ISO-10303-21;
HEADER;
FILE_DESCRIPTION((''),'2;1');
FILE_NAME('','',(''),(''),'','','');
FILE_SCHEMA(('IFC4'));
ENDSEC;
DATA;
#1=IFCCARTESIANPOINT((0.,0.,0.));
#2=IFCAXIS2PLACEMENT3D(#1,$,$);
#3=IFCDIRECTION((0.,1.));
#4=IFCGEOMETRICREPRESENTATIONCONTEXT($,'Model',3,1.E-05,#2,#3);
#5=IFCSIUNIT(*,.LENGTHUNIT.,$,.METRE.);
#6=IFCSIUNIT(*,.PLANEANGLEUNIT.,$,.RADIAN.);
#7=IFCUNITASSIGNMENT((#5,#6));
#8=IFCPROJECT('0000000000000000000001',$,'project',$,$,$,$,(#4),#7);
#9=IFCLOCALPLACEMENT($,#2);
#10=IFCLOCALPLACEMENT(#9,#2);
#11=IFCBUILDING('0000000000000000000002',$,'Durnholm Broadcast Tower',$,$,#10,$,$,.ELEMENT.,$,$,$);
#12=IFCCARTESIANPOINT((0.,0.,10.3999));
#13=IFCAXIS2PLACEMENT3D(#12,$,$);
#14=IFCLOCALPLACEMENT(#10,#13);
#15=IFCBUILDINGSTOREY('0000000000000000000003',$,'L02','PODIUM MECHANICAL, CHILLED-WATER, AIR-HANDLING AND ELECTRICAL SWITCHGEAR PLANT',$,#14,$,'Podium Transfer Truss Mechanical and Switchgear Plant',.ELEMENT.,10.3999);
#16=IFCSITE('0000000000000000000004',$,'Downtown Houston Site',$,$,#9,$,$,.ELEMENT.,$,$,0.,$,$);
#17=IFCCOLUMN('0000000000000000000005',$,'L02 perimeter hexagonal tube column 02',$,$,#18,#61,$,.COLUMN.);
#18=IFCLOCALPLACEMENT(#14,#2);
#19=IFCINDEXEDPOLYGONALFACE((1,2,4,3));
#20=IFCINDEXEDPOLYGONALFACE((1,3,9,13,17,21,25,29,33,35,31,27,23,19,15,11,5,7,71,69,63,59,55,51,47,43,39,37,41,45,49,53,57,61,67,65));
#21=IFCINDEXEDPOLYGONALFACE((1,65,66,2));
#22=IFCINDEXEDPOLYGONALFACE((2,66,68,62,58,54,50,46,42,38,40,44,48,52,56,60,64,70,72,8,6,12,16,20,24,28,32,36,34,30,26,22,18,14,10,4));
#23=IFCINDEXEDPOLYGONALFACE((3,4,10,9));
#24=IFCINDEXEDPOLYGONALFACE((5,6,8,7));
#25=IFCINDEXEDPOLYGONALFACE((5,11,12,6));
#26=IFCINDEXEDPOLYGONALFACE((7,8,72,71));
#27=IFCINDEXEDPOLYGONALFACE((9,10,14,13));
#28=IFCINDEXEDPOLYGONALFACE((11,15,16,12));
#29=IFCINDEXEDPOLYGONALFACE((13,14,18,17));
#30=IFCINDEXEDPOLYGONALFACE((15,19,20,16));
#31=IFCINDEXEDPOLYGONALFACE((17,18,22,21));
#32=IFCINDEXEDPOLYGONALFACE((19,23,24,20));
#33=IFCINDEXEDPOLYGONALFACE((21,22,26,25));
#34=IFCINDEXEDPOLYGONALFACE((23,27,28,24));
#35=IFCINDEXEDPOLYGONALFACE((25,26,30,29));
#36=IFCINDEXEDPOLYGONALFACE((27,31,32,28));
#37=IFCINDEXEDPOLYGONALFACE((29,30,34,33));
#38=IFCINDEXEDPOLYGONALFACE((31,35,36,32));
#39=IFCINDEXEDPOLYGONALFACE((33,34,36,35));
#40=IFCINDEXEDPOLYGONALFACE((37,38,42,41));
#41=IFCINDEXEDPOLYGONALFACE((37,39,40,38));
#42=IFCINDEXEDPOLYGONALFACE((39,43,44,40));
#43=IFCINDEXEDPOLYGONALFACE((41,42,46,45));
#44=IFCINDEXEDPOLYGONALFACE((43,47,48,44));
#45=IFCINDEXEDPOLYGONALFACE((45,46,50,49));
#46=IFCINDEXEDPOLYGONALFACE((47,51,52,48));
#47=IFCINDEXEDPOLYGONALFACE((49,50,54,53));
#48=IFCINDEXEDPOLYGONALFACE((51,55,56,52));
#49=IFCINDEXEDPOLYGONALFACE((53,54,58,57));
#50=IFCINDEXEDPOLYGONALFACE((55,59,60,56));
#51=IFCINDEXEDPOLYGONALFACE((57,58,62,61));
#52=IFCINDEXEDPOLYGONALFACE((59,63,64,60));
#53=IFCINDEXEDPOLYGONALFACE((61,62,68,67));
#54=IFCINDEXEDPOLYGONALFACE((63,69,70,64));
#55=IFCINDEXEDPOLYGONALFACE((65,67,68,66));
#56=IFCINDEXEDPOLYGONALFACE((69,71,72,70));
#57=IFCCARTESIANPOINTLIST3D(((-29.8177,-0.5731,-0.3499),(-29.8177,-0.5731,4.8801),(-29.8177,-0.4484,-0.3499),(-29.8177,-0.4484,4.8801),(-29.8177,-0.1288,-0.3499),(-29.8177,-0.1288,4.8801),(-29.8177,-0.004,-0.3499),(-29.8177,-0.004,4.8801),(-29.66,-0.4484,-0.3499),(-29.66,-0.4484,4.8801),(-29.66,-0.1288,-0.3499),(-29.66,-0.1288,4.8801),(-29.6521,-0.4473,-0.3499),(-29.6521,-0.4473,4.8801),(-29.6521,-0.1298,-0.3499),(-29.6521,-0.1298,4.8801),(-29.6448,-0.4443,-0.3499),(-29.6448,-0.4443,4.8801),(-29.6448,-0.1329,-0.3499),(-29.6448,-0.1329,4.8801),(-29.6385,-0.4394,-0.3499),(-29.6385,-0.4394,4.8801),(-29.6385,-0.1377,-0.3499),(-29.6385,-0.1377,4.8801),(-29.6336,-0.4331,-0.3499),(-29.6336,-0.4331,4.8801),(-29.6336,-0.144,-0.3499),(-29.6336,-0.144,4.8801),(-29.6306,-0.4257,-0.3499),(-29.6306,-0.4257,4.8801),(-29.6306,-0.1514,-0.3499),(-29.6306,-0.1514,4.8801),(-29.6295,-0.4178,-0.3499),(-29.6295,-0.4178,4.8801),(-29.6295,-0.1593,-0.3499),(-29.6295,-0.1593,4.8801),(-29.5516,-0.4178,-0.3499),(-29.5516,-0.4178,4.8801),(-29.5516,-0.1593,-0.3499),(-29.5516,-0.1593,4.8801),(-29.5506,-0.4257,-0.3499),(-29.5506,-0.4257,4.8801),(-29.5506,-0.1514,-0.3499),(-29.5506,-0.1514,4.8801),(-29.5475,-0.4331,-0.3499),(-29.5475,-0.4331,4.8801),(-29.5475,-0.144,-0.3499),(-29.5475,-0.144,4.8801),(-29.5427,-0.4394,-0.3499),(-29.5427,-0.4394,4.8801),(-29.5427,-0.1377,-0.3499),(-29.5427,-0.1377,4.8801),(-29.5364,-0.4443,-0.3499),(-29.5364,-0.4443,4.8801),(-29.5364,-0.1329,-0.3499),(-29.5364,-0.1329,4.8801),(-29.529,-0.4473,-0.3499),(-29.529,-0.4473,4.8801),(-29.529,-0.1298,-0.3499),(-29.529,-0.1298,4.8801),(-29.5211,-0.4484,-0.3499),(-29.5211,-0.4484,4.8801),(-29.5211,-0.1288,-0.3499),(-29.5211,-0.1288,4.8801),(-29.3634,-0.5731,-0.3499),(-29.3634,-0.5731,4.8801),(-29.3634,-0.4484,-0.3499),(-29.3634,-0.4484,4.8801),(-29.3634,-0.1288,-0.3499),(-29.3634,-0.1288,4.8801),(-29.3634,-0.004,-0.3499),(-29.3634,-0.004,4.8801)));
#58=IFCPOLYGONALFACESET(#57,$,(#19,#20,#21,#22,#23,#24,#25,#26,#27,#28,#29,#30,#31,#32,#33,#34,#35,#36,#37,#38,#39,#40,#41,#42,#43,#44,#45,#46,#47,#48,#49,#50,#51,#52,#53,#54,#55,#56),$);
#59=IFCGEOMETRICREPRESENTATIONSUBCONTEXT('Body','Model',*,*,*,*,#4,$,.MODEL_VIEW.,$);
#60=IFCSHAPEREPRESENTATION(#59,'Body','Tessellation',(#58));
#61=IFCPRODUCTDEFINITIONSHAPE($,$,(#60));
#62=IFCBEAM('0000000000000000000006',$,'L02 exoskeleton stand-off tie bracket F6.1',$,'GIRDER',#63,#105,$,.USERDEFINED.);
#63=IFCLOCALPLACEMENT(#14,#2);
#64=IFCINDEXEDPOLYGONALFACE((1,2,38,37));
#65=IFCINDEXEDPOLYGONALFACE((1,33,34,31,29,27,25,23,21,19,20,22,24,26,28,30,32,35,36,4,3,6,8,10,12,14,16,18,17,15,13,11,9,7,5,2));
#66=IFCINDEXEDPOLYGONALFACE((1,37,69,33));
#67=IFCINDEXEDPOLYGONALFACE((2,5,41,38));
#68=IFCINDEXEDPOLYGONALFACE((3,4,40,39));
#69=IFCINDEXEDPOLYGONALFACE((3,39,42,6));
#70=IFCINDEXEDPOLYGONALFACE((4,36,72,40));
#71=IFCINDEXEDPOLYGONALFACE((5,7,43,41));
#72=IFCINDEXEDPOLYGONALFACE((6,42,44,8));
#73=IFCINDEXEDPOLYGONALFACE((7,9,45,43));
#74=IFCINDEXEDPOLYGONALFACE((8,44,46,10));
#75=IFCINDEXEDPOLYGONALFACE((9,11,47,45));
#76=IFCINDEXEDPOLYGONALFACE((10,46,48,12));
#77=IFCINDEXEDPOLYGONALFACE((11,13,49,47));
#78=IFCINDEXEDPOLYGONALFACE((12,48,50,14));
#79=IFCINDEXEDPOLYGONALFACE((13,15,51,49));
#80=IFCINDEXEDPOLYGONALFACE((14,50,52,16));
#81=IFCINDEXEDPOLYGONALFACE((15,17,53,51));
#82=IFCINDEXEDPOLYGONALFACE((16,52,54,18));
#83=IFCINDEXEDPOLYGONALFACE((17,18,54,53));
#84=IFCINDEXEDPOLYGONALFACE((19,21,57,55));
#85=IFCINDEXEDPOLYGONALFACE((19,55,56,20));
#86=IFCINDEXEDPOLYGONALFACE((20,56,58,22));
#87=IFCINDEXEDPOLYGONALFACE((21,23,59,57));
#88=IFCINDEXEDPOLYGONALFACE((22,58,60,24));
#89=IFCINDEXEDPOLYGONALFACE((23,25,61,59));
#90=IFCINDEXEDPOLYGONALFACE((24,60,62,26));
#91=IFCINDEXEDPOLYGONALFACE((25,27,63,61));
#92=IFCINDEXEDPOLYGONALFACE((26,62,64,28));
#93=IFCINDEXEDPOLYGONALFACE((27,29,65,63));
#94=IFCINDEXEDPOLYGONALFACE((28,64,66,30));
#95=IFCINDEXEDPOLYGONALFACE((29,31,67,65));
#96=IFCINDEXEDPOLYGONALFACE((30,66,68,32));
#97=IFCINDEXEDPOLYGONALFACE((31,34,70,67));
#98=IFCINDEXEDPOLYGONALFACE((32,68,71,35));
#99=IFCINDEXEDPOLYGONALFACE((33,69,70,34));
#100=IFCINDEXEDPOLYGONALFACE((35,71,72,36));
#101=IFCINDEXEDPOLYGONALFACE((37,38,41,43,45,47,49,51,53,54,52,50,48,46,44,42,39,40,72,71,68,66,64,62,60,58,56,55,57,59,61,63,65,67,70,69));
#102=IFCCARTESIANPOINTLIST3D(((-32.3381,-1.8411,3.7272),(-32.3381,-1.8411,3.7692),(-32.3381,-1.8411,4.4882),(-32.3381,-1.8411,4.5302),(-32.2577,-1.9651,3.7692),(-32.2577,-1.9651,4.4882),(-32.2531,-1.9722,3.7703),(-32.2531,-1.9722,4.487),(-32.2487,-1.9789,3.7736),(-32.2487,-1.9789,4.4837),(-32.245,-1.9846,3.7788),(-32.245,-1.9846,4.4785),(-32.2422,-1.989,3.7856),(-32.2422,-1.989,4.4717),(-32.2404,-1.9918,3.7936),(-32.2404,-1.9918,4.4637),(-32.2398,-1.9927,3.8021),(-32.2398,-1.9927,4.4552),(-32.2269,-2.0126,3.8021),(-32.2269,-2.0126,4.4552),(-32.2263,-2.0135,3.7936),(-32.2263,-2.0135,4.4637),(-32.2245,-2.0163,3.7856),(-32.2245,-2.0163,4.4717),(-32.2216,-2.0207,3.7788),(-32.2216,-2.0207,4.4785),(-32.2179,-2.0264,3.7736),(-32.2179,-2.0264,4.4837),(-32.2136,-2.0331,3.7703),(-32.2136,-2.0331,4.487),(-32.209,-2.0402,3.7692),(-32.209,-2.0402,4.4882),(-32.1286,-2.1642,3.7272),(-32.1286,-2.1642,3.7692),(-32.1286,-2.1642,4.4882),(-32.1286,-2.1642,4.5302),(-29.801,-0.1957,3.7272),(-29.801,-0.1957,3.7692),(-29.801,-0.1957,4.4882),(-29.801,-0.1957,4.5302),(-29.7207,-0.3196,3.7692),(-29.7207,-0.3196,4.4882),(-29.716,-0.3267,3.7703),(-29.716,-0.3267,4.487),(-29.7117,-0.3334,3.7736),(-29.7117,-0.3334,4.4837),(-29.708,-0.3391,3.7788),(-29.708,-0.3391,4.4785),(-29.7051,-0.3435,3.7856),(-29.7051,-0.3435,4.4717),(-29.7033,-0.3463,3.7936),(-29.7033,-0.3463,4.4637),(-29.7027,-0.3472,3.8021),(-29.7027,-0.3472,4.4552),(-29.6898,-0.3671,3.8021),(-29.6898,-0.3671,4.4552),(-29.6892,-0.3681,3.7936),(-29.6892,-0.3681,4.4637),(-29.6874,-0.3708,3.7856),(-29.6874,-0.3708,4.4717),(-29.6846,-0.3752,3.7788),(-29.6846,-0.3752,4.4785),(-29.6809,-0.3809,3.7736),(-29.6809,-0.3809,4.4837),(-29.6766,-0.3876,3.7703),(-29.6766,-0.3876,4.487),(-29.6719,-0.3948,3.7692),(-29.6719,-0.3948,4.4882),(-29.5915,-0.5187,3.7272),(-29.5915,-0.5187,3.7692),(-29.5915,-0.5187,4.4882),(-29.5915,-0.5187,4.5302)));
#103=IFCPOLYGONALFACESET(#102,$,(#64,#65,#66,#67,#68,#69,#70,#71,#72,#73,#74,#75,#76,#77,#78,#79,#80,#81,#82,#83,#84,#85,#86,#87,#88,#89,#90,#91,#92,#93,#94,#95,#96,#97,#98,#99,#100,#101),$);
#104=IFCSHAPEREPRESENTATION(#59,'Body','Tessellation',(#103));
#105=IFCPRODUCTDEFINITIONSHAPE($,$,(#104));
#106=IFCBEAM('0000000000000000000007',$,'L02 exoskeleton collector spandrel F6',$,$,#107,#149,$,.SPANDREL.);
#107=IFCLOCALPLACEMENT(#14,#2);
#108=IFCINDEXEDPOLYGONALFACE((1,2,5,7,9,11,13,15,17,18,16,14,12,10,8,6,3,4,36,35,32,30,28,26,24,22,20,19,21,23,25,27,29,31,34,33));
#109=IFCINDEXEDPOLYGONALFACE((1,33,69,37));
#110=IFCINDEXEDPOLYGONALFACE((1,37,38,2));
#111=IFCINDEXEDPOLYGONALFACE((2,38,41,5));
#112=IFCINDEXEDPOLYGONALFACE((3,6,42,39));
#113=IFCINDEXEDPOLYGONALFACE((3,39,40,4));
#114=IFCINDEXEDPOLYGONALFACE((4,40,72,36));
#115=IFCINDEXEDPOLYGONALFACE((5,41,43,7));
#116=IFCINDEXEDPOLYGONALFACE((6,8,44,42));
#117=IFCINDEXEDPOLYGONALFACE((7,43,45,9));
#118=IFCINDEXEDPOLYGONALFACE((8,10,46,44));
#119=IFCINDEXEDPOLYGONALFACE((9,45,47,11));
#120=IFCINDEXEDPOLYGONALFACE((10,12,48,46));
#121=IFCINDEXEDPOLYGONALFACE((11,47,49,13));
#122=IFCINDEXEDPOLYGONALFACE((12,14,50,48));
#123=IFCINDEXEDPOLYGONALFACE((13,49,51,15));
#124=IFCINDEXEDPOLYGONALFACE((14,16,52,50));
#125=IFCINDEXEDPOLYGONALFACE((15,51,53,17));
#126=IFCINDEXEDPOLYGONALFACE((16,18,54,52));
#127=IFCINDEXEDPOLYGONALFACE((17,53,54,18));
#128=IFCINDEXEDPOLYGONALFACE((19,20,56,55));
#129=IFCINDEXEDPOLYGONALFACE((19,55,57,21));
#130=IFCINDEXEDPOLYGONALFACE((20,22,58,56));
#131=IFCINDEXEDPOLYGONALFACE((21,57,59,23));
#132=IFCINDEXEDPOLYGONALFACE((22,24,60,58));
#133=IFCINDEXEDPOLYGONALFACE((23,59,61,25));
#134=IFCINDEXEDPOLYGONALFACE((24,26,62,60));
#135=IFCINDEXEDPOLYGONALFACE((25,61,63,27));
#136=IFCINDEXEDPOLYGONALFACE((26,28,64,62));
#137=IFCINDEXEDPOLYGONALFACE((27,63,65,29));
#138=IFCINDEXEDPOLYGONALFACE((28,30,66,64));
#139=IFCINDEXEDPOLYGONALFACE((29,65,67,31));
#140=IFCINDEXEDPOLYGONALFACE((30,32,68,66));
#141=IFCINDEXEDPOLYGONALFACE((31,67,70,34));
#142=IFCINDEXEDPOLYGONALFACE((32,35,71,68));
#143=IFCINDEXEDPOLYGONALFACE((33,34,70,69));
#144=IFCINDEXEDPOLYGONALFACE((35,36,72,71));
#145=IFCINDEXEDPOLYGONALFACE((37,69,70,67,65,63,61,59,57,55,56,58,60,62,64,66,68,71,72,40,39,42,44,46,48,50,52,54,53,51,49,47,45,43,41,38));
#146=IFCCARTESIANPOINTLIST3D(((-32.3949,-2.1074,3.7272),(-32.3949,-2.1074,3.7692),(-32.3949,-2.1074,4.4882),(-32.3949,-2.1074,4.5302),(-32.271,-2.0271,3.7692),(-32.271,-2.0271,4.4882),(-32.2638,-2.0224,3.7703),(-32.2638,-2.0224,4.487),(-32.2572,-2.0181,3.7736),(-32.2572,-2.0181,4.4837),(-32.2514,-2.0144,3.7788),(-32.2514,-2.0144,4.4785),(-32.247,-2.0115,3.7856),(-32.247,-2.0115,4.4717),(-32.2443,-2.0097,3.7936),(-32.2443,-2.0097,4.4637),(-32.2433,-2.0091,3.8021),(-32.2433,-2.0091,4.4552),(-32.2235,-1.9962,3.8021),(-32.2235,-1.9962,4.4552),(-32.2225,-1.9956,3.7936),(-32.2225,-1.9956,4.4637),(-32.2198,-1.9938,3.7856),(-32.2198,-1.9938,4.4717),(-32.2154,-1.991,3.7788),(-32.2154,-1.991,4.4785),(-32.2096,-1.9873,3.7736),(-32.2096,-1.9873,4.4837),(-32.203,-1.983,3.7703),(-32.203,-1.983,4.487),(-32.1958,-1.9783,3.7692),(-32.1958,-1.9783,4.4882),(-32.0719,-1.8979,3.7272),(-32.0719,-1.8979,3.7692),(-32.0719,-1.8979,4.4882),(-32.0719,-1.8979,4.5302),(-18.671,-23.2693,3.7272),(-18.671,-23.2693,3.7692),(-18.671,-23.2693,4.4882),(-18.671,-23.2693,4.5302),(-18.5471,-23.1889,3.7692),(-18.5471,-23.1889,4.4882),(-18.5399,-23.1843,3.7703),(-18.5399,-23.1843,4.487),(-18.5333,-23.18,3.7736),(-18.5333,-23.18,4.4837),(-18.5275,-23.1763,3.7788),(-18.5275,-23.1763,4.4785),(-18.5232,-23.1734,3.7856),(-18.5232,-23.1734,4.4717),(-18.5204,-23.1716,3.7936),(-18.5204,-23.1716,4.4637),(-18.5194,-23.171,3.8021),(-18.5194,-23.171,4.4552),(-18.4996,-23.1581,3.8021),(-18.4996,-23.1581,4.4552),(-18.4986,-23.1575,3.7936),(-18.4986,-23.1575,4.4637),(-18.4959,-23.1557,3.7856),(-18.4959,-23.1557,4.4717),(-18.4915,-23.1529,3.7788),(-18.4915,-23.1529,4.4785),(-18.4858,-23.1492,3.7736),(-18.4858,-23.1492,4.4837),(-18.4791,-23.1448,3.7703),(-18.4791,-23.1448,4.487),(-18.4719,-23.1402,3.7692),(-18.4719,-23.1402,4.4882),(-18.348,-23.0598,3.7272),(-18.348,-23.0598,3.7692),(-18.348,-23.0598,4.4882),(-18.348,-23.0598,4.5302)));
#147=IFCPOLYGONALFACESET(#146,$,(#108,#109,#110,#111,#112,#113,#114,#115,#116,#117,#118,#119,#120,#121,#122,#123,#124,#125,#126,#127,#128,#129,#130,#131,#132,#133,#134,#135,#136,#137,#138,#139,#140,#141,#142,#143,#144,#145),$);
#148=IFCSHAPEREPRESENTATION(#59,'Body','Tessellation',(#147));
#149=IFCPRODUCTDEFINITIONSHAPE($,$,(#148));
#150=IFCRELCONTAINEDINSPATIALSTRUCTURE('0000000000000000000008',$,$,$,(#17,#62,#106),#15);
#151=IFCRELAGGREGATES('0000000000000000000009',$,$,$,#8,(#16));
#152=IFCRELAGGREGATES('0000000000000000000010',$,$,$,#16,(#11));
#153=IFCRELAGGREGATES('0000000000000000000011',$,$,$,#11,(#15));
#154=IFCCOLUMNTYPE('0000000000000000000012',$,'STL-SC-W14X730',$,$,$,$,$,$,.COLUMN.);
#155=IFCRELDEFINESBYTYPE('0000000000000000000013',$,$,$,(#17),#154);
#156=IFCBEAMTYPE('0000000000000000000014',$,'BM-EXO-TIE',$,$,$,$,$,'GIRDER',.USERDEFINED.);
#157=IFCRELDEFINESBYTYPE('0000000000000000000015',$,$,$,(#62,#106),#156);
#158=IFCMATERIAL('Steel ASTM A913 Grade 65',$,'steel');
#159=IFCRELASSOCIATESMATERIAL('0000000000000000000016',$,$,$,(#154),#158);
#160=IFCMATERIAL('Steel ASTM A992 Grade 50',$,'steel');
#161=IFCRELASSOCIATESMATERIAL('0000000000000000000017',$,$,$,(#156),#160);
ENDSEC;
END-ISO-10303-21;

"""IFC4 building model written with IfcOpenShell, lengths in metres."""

from ifc_helpers import new_model, si_unit, direction, frame, origin, origin_2d, place, context, subcontext, project, spatial, i_section, extrude, source, transform, mapped, material, material_profile, profile_set, type_object, type_shapes, element, save


model = new_model("IFC4")

# Units and contexts
model_context = context("Model", 3, precision=1e-05, world=origin(), true_north=direction((0.0, 1.0)))
body_context = subcontext(model_context, "Body", "Model", "MODEL_VIEW")
ifc_project = project(units=[si_unit("LENGTHUNIT", "METRE"), si_unit("PLANEANGLEUNIT", "RADIAN")], contexts=[model_context])

# Site, building, storey
site_placement = place(None, origin())
site = spatial("IfcSite", under=ifc_project, at=site_placement, Name="Downtown Houston Site", CompositionType="ELEMENT", RefElevation=0.0)
building_placement = place(site_placement, origin())
building = spatial("IfcBuilding", under=site, at=building_placement, Name="Durnholm Broadcast Tower", CompositionType="ELEMENT")
storey_placement = place(building_placement, frame((0.0, 0.0, 10.3999)))
storey = spatial("IfcBuildingStorey", under=building, at=storey_placement, Name="L02", Description="PODIUM MECHANICAL, CHILLED-WATER, AIR-HANDLING AND ELECTRICAL SWITCHGEAR PLANT", LongName="Podium Transfer Truss Mechanical and Switchgear Plant", CompositionType="ELEMENT", Elevation=10.3999)

# Column
ifc_material_1 = material(Name="Steel ASTM A913 Grade 65", Category="steel")
ifc_material_profile_1 = material_profile(ifc_material_1, i_section(OverallWidth=0.4543, OverallDepth=0.5691, WebThickness=0.0779, FlangeThickness=0.1248, FilletRadius=0.0305, at=origin_2d()), Name="W14X730")
ifc_profile_set_1 = profile_set([ifc_material_profile_1], Name="Steel ASTM A913 Grade 65")
column_type = type_object("IfcColumnType", Name="STL-SC-W14X730", PredefinedType="COLUMN", material=ifc_profile_set_1)
shared_shape_1 = source(origin(), body_context, "Body", "SweptSolid", [
    extrude(i_section(OverallWidth=0.4543, OverallDepth=0.5691, WebThickness=0.0779, FlangeThickness=0.1248, FilletRadius=0.0305, at=origin_2d()), origin(), (0.0, 0.0, 1.0), 5.23),
])
type_shapes(column_type, [shared_shape_1])
column_placement = place(storey_placement, frame((-29.5906, -0.2886, -0.3499), z_axis=(0.0, 0.0, 1.0), x_axis=(1.0, 0.0, 0.0)))
element("IfcColumn", 1, at=column_placement, inside=storey, type_object=column_type, Name="L02 perimeter hexagonal tube column 02", PredefinedType="COLUMN", context=body_context, shape_type="MappedRepresentation", body=[
    mapped(shared_shape_1, transform((0.0, 0.0, 0.0), x_axis=(1.0, 0.0, 0.0), y_axis=(0.0, 1.0, 0.0), z_axis=(0.0, 0.0, 1.0), scale=1.0)),
])

# Beams
ifc_material_2 = material(Name="Steel ASTM A992 Grade 50", Category="steel")
ifc_material_profile_2 = material_profile(ifc_material_2, i_section(OverallWidth=0.385, OverallDepth=0.803, WebThickness=0.0237, FlangeThickness=0.042, FilletRadius=0.033, at=origin_2d()), Name="W30X261")
ifc_profile_set_2 = profile_set([ifc_material_profile_2], Name="Steel ASTM A992 Grade 50")
beam_type = type_object("IfcBeamType", Name="BM-EXO-TIE", ElementType="GIRDER", PredefinedType="USERDEFINED", material=ifc_profile_set_2)
shared_shape_2 = source(origin(), body_context, "Body", "SweptSolid", [
    extrude(i_section(OverallWidth=0.385, OverallDepth=0.803, WebThickness=0.0237, FlangeThickness=0.042, FilletRadius=0.033, at=origin_2d()), origin(), (0.0, 0.0, 1.0), 3.0239),
])
beam_1_placement = place(storey_placement, frame((-29.6963, -0.3572, 4.1287), z_axis=(-0.838989, -0.544148, 0.0), x_axis=(0.544148, -0.838989, 0.0)))
element("IfcBeam", 2, at=beam_1_placement, inside=storey, type_object=beam_type, Name="L02 exoskeleton stand-off tie bracket F6.1", ObjectType="GIRDER", PredefinedType="USERDEFINED", context=body_context, shape_type="MappedRepresentation", body=[
    mapped(shared_shape_2, transform((0.0, 0.0, 0.0), x_axis=(1.0, 0.0, 0.0), y_axis=(0.0, 1.0, 0.0), z_axis=(0.0, 0.0, 1.0), scale=1.0)),
])
shared_shape_3 = source(origin(), body_context, "Body", "SweptSolid", [
    extrude(i_section(OverallWidth=0.385, OverallDepth=0.803, WebThickness=0.0237, FlangeThickness=0.042, FilletRadius=0.033, at=origin_2d()), origin(), (0.0, 0.0, 1.0), 25.2224),
])
type_shapes(beam_type, [shared_shape_2, shared_shape_3])
beam_2_placement = place(storey_placement, frame((-32.2334, -2.0027, 4.1287), z_axis=(0.544115, -0.839011, 0.0), x_axis=(0.839011, 0.544115, 0.0)))
element("IfcBeam", 3, at=beam_2_placement, inside=storey, type_object=beam_type, Name="L02 exoskeleton collector spandrel F6", PredefinedType="SPANDREL", context=body_context, shape_type="MappedRepresentation", body=[
    mapped(shared_shape_3, transform((0.0, 0.0, 0.0), x_axis=(1.0, 0.0, 0.0), y_axis=(0.0, 1.0, 0.0), z_axis=(0.0, 0.0, 1.0), scale=1.0)),
])

save(model, "model.ifc")
